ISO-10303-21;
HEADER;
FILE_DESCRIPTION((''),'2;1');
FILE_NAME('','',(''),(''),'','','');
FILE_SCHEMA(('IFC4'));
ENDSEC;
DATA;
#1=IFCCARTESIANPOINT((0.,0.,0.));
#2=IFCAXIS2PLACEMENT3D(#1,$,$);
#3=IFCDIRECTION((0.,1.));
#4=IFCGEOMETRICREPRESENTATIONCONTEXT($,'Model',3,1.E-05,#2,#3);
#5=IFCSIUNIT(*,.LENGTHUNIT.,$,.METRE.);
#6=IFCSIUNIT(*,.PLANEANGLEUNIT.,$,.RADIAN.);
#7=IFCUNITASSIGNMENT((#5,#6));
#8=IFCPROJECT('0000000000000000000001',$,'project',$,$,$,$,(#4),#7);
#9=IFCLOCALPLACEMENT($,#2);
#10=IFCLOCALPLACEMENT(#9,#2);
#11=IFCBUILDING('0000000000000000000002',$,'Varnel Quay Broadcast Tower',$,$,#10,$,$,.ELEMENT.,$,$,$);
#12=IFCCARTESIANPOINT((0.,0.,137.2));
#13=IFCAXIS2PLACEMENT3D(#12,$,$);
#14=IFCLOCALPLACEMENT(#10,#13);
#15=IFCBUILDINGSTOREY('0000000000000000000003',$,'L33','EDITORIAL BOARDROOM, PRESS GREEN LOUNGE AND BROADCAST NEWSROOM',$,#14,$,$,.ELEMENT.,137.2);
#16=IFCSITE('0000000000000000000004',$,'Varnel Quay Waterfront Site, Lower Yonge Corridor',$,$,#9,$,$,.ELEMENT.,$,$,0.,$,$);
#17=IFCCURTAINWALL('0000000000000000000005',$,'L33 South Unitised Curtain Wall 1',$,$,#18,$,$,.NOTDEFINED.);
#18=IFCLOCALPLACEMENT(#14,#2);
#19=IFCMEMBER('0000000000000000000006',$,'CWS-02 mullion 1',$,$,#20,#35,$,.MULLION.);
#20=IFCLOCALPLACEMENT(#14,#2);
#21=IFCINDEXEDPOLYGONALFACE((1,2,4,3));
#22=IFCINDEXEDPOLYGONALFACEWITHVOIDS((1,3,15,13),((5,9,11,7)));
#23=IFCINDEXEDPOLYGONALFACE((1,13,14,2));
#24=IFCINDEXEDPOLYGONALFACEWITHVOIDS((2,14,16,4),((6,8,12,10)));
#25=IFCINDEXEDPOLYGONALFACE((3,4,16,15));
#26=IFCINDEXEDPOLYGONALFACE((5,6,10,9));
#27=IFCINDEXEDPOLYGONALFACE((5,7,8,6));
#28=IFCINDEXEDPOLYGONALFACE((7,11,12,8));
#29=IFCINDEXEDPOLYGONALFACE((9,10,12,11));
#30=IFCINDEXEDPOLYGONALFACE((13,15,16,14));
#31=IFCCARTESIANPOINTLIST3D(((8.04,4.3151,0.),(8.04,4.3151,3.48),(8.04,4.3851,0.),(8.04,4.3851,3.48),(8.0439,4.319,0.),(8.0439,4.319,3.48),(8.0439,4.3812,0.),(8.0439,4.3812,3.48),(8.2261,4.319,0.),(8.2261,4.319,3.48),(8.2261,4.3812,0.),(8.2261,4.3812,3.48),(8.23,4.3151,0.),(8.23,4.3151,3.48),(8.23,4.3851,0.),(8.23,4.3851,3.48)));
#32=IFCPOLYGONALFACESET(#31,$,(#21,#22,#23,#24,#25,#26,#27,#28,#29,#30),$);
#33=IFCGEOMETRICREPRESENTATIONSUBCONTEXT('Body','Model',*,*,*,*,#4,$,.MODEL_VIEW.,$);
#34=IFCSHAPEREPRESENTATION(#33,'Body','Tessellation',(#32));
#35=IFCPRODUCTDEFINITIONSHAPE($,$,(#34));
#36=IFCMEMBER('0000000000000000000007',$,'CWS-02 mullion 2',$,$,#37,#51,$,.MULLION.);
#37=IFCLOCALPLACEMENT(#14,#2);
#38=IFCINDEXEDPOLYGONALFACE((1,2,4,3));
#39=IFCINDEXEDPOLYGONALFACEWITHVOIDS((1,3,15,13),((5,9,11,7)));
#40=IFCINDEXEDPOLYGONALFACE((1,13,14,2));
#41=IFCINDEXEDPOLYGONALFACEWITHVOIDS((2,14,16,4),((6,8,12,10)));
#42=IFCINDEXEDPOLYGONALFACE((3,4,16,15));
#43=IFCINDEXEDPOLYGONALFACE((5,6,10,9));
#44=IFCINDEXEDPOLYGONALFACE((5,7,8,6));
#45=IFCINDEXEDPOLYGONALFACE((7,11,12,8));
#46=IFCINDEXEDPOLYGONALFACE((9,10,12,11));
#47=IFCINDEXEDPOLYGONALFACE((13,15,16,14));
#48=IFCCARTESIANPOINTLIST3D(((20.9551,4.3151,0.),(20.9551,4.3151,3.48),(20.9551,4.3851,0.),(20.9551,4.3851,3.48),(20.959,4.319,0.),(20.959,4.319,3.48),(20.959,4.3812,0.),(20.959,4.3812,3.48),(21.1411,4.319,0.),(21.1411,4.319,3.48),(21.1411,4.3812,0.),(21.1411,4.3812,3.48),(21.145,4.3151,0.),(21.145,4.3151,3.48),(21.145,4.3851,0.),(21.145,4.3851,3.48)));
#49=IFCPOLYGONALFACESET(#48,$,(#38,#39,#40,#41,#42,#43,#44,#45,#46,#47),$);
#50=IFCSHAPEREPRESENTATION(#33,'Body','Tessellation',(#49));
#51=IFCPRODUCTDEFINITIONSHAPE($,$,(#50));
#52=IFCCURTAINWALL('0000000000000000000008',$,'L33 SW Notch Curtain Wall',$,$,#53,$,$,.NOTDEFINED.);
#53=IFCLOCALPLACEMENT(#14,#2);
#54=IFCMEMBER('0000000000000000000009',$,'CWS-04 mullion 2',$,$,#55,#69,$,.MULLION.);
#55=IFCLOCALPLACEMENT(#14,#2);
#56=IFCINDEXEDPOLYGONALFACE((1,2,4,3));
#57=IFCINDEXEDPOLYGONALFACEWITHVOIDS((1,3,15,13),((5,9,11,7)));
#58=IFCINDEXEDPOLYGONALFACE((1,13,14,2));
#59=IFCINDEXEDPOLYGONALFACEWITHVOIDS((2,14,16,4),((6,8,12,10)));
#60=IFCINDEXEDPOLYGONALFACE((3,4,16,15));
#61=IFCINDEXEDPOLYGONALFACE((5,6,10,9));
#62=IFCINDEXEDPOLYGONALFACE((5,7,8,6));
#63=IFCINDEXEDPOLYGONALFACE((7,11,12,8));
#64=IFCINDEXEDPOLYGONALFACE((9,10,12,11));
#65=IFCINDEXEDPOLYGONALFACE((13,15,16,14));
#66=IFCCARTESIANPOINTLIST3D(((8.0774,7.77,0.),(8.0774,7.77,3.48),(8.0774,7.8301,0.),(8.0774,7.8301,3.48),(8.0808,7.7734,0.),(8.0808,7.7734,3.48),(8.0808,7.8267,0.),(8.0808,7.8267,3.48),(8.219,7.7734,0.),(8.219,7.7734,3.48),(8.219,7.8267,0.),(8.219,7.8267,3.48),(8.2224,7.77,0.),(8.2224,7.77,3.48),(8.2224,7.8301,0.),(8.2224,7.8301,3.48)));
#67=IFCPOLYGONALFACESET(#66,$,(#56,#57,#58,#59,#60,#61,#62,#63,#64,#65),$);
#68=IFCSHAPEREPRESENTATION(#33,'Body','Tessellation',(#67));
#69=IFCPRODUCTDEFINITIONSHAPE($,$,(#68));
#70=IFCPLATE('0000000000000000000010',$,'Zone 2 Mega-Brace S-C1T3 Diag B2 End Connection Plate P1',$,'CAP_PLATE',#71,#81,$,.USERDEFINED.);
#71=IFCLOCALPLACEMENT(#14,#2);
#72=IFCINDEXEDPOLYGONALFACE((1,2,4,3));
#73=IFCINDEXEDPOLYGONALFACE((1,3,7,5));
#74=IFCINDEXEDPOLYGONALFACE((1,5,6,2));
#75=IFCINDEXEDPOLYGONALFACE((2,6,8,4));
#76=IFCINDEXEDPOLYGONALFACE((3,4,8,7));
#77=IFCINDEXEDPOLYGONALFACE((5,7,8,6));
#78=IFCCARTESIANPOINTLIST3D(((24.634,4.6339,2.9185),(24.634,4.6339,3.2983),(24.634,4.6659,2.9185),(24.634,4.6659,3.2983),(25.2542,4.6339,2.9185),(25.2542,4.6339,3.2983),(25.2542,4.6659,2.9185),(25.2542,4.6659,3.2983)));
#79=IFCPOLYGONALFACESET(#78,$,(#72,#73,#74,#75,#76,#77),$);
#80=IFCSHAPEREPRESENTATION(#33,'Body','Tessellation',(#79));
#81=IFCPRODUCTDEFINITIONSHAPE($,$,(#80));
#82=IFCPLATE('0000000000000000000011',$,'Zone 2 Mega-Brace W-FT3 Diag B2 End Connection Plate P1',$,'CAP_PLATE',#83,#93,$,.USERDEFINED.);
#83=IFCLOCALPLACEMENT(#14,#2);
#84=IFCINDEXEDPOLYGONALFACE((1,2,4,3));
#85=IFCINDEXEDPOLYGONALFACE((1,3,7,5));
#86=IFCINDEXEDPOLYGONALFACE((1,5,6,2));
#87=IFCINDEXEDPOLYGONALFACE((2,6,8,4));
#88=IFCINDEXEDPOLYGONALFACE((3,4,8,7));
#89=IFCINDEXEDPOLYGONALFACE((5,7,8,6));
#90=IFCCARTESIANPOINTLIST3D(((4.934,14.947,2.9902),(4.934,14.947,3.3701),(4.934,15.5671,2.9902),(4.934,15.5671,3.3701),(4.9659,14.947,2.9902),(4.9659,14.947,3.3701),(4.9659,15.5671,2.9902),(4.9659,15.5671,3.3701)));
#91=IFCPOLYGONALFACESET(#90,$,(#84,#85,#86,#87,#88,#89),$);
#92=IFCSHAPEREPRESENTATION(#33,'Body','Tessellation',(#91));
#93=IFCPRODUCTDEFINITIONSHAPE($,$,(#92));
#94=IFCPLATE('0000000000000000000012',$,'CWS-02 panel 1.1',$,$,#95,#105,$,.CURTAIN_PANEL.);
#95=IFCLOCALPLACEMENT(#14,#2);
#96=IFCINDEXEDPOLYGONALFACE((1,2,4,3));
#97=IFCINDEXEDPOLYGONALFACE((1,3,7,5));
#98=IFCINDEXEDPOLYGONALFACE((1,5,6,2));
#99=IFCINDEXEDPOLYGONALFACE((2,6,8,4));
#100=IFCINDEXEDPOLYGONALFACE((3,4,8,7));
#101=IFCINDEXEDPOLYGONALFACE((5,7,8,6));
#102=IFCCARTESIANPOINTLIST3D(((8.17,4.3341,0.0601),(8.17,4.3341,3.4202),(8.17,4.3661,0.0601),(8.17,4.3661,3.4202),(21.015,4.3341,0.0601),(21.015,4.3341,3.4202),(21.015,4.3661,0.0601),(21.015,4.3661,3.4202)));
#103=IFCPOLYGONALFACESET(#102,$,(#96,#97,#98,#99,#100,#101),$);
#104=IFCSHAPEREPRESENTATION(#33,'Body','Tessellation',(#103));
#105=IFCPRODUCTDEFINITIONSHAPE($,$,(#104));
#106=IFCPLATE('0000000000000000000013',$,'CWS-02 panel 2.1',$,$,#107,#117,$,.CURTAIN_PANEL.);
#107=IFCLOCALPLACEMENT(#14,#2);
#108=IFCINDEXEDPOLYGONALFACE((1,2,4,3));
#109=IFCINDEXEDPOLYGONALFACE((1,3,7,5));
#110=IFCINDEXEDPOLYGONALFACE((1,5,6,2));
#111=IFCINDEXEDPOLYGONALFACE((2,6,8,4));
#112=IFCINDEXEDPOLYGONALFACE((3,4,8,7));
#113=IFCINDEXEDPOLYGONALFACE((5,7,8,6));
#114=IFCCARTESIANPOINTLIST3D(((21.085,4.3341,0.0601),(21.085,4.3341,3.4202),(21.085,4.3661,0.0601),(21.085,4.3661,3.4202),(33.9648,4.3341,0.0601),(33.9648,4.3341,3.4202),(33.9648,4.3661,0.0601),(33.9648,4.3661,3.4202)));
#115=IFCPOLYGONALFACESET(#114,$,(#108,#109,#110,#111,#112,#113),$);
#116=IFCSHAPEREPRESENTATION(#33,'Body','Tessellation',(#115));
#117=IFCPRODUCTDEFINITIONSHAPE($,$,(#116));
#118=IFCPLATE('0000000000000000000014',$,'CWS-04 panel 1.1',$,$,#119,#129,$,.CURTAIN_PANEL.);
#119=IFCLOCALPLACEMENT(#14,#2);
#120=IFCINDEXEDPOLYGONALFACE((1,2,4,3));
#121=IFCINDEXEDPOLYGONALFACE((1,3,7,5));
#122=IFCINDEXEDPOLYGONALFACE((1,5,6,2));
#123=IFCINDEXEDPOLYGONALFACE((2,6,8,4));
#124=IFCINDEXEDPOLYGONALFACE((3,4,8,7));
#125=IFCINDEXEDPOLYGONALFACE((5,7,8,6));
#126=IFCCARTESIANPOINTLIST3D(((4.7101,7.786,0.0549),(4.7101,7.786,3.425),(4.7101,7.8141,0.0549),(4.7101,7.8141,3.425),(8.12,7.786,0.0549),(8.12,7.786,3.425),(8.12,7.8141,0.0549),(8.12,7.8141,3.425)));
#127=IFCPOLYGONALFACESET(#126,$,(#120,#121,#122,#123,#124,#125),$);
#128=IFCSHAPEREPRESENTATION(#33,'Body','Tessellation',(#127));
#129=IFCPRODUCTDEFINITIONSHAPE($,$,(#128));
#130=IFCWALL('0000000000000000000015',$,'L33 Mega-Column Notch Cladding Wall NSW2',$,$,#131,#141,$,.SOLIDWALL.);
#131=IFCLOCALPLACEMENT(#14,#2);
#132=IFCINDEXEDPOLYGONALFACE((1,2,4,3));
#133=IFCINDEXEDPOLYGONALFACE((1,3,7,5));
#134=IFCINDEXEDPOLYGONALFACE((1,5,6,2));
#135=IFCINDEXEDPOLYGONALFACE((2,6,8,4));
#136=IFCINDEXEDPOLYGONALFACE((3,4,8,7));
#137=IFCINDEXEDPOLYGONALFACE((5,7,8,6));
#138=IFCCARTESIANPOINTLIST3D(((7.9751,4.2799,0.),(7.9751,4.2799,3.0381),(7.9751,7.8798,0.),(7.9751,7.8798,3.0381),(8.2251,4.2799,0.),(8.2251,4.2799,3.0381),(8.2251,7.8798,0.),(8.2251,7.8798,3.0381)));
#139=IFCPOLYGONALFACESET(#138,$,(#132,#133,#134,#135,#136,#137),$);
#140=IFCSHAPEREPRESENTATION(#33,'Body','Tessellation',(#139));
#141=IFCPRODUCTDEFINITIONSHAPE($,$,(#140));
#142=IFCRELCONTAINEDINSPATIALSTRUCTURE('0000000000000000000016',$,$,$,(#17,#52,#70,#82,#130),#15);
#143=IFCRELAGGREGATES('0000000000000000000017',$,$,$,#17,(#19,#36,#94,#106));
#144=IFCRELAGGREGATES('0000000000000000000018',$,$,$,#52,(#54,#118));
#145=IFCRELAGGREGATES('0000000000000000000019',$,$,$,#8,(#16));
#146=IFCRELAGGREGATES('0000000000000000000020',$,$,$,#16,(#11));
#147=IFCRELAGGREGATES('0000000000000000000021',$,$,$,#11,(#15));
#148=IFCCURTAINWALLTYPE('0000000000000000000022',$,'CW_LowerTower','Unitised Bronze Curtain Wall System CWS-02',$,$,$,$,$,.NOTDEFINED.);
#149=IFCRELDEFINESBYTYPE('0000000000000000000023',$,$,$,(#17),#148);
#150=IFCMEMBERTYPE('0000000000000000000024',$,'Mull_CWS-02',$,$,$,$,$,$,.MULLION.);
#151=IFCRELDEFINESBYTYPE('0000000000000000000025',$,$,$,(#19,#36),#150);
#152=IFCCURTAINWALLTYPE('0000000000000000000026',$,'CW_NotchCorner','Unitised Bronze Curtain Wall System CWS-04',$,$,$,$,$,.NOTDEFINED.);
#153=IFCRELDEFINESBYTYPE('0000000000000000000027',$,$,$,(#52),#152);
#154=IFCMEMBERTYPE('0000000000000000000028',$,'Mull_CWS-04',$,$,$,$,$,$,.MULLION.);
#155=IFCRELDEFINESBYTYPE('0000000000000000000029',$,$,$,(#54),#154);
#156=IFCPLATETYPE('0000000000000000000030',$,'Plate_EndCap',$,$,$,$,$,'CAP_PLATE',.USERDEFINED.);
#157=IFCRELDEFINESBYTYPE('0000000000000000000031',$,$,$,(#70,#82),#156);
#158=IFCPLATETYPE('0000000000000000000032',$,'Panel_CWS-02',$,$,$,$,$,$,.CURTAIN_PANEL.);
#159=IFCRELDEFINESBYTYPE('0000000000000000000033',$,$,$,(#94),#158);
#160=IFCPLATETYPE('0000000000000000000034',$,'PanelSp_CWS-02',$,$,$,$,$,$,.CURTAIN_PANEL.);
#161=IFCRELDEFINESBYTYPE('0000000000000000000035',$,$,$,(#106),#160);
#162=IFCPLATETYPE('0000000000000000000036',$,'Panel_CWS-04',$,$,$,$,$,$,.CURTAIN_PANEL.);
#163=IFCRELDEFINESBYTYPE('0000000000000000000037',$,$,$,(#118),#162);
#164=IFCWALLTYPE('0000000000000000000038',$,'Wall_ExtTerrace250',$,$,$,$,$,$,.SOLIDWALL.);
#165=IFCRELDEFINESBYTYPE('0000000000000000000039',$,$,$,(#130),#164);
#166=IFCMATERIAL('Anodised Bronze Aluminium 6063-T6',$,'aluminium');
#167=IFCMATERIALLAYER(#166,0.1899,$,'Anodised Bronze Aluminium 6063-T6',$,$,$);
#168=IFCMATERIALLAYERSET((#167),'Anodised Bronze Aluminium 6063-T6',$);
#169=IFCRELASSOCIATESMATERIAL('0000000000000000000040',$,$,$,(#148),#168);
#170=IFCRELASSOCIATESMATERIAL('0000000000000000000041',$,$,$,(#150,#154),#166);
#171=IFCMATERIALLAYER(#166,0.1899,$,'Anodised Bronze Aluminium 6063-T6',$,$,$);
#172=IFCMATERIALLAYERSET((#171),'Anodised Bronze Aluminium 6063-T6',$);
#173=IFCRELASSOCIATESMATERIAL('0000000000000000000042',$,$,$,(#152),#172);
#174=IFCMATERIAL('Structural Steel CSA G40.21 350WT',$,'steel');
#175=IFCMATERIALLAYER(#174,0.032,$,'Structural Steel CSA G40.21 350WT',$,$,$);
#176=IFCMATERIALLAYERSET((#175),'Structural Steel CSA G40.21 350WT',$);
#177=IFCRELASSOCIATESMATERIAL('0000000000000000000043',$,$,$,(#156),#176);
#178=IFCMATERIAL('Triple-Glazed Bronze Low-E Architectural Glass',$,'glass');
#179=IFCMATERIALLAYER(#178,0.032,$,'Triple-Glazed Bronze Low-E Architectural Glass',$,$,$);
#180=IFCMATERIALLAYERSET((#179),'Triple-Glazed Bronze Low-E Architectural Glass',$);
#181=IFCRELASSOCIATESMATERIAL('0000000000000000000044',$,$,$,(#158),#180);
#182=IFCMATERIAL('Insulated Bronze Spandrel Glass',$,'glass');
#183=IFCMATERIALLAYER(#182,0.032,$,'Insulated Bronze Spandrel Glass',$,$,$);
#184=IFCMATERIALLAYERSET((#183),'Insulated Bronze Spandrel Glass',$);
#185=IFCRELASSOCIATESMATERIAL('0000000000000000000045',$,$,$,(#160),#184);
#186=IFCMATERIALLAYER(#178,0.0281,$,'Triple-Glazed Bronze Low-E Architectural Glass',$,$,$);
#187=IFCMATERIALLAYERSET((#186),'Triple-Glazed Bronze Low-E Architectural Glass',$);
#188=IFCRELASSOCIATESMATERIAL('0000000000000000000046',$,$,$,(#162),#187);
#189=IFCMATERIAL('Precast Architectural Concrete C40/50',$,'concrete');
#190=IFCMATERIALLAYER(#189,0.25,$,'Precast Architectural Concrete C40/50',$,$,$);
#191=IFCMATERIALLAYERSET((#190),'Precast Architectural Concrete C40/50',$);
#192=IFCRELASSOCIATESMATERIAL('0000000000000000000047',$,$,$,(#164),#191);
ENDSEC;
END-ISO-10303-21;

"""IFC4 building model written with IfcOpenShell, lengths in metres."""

from ifc_helpers import new_model, si_unit, direction, frame, frame_2d, origin, origin_2d, place, context, subcontext, project, spatial, rectangle, hollow_rectangle, extrude, source, transform, mapped, material, layer, layer_set, material_profile, profile_set, type_object, type_shapes, element, aggregate, save


model = new_model("IFC4")

# Units and contexts
model_context = context("Model", 3, precision=1e-05, world=origin(), true_north=direction((0.0, 1.0)))
body_context = subcontext(model_context, "Body", "Model", "MODEL_VIEW")
ifc_project = project(units=[si_unit("LENGTHUNIT", "METRE"), si_unit("PLANEANGLEUNIT", "RADIAN")], contexts=[model_context])

# Site, building, storey
site_placement = place(None, origin())
site = spatial("IfcSite", under=ifc_project, at=site_placement, Name="Varnel Quay Waterfront Site, Lower Yonge Corridor", CompositionType="ELEMENT", RefElevation=0.0)
building_placement = place(site_placement, origin())
building = spatial("IfcBuilding", under=site, at=building_placement, Name="Varnel Quay Broadcast Tower", CompositionType="ELEMENT")
storey_placement = place(building_placement, frame((0.0, 0.0, 137.2)))
storey = spatial("IfcBuildingStorey", under=building, at=storey_placement, Name="L33", Description="EDITORIAL BOARDROOM, PRESS GREEN LOUNGE AND BROADCAST NEWSROOM", CompositionType="ELEMENT", Elevation=137.2)

# Shared definitions
ifc_material_1 = material(Name="Structural Steel CSA G40.21 350WT", Category="steel")

# Curtain wall, members
ifc_material_2 = material(Name="Anodised Bronze Aluminium 6063-T6", Category="aluminium")
ifc_layer_1 = layer(ifc_material_2, 0.1899, Name="Anodised Bronze Aluminium 6063-T6")
ifc_layer_set_1 = layer_set([ifc_layer_1], Name="Anodised Bronze Aluminium 6063-T6")
curtain_wall_type_1 = type_object("IfcCurtainWallType", Name="CW_LowerTower", Description="Unitised Bronze Curtain Wall System CWS-02", PredefinedType="NOTDEFINED", material=ifc_layer_set_1)
curtain_wall_1_placement = place(storey_placement, origin())
curtain_wall_1 = element("IfcCurtainWall", 1, at=curtain_wall_1_placement, inside=storey, type_object=curtain_wall_type_1, Name="L33 South Unitised Curtain Wall 1", PredefinedType="NOTDEFINED")
ifc_material_profile_1 = material_profile(ifc_material_2, hollow_rectangle(XDim=0.0701, YDim=0.1899, WallThickness=0.0039, at=origin_2d()), Name="ALU70X190X4")
ifc_profile_set_1 = profile_set([ifc_material_profile_1], Name="Anodised Bronze Aluminium 6063-T6")
member_type_1 = type_object("IfcMemberType", Name="Mull_CWS-02", PredefinedType="MULLION", material=ifc_profile_set_1)
shared_shape_1 = source(origin(), body_context, "Body", "SweptSolid", [
    extrude(hollow_rectangle(XDim=0.0701, YDim=0.1899, WallThickness=0.0039, at=origin_2d()), origin(), (0.0, 0.0, 1.0), 3.48),
])
type_shapes(member_type_1, [shared_shape_1])
member_1_placement = place(storey_placement, frame((8.135, 4.3501, 0.0), z_axis=(0.0, 0.0, 1.0), x_axis=(0.0, 1.0, 0.0)))
member_1 = element("IfcMember", 2, at=member_1_placement, type_object=member_type_1, Name="CWS-02 mullion 1", PredefinedType="MULLION", context=body_context, shape_type="MappedRepresentation", body=[
    mapped(shared_shape_1, transform((0.0, 0.0, 0.0), x_axis=(1.0, 0.0, 0.0), y_axis=(0.0, 1.0, 0.0), z_axis=(0.0, 0.0, 1.0), scale=1.0)),
])
member_2_placement = place(storey_placement, frame((21.05, 4.3501, 0.0), z_axis=(0.0, 0.0, 1.0), x_axis=(0.0, 1.0, 0.0)))
member_2 = element("IfcMember", 3, at=member_2_placement, type_object=member_type_1, Name="CWS-02 mullion 2", PredefinedType="MULLION", context=body_context, shape_type="MappedRepresentation", body=[
    mapped(shared_shape_1, transform((0.0, 0.0, 0.0), x_axis=(1.0, 0.0, 0.0), y_axis=(0.0, 1.0, 0.0), z_axis=(0.0, 0.0, 1.0), scale=1.0)),
])

# Curtain wall, member
ifc_layer_2 = layer(ifc_material_2, 0.1899, Name="Anodised Bronze Aluminium 6063-T6")
ifc_layer_set_2 = layer_set([ifc_layer_2], Name="Anodised Bronze Aluminium 6063-T6")
curtain_wall_type_2 = type_object("IfcCurtainWallType", Name="CW_NotchCorner", Description="Unitised Bronze Curtain Wall System CWS-04", PredefinedType="NOTDEFINED", material=ifc_layer_set_2)
curtain_wall_2_placement = place(storey_placement, origin())
curtain_wall_2 = element("IfcCurtainWall", 4, at=curtain_wall_2_placement, inside=storey, type_object=curtain_wall_type_2, Name="L33 SW Notch Curtain Wall", PredefinedType="NOTDEFINED")
ifc_material_profile_2 = material_profile(ifc_material_2, hollow_rectangle(XDim=0.0601, YDim=0.145, WallThickness=0.0034, at=origin_2d()), Name="ALU60X145X3.5")
ifc_profile_set_2 = profile_set([ifc_material_profile_2], Name="Anodised Bronze Aluminium 6063-T6")
member_type_2 = type_object("IfcMemberType", Name="Mull_CWS-04", PredefinedType="MULLION", material=ifc_profile_set_2)
shared_shape_2 = source(origin(), body_context, "Body", "SweptSolid", [
    extrude(hollow_rectangle(XDim=0.0601, YDim=0.145, WallThickness=0.0034, at=origin_2d()), origin(), (0.0, 0.0, 1.0), 3.48),
])
type_shapes(member_type_2, [shared_shape_2])
member_3_placement = place(storey_placement, frame((8.1499, 7.8, 0.0), z_axis=(0.0, 0.0, 1.0), x_axis=(0.0, 1.0, 0.0)))
member_3 = element("IfcMember", 5, at=member_3_placement, type_object=member_type_2, Name="CWS-04 mullion 2", PredefinedType="MULLION", context=body_context, shape_type="MappedRepresentation", body=[
    mapped(shared_shape_2, transform((0.0, 0.0, 0.0), x_axis=(1.0, 0.0, 0.0), y_axis=(0.0, 1.0, 0.0), z_axis=(0.0, 0.0, 1.0), scale=1.0)),
])

# Plates
ifc_layer_3 = layer(ifc_material_1, 0.032, Name="Structural Steel CSA G40.21 350WT")
ifc_layer_set_3 = layer_set([ifc_layer_3], Name="Structural Steel CSA G40.21 350WT")
plate_type_1 = type_object("IfcPlateType", Name="Plate_EndCap", ElementType="CAP_PLATE", PredefinedType="USERDEFINED", material=ifc_layer_set_3)
shared_shape_3 = source(origin(), body_context, "Body", "SweptSolid", [
    extrude(rectangle(XDim=0.6201, YDim=0.032, at=origin_2d()), origin(), (0.0, 0.0, 1.0), 0.3799),
])
type_shapes(plate_type_1, [shared_shape_3])
for number, where, z_axis, x_axis, name in (
    (6, (24.9441, 4.6499, 2.9185), (0.0, 0.0, 1.0), (1.0, 0.0, 0.0), "Zone 2 Mega-Brace S-C1T3 Diag B2 End Connection Plate P1"),
    (7, (4.95, 15.2571, 2.9902), (0.0, 0.0, 1.0), (0.0, 1.0, 0.0), "Zone 2 Mega-Brace W-FT3 Diag B2 End Connection Plate P1"),
):
    element("IfcPlate", number, at=place(storey_placement, frame(where, z_axis=z_axis, x_axis=x_axis)), inside=storey, type_object=plate_type_1, Name=name, ObjectType="CAP_PLATE", PredefinedType="USERDEFINED", context=body_context, shape_type="MappedRepresentation", body=[
        mapped(shared_shape_3, transform((0.0, 0.0, 0.0), x_axis=(1.0, 0.0, 0.0), y_axis=(0.0, 1.0, 0.0), z_axis=(0.0, 0.0, 1.0), scale=1.0)),
    ])

# Plates
ifc_material_3 = material(Name="Triple-Glazed Bronze Low-E Architectural Glass", Category="glass")
ifc_layer_4 = layer(ifc_material_3, 0.032, Name="Triple-Glazed Bronze Low-E Architectural Glass")
ifc_layer_set_4 = layer_set([ifc_layer_4], Name="Triple-Glazed Bronze Low-E Architectural Glass")
plate_type_2 = type_object("IfcPlateType", Name="Panel_CWS-02", PredefinedType="CURTAIN_PANEL", material=ifc_layer_set_4)
shared_shape_4 = source(origin(), body_context, "Body", "SweptSolid", [
    extrude(rectangle(XDim=12.845, YDim=0.032, at=origin_2d()), origin(), (0.0, 0.0, 1.0), 3.3601),
])
type_shapes(plate_type_2, [shared_shape_4])
plate_1_placement = place(storey_placement, frame((14.5925, 4.3501, 0.0601), z_axis=(0.0, 0.0, 1.0), x_axis=(1.0, 0.0, 0.0)))
plate_1 = element("IfcPlate", 8, at=plate_1_placement, type_object=plate_type_2, Name="CWS-02 panel 1.1", PredefinedType="CURTAIN_PANEL", context=body_context, shape_type="MappedRepresentation", body=[
    mapped(shared_shape_4, transform((0.0, 0.0, 0.0), x_axis=(1.0, 0.0, 0.0), y_axis=(0.0, 1.0, 0.0), z_axis=(0.0, 0.0, 1.0), scale=1.0)),
])
ifc_material_4 = material(Name="Insulated Bronze Spandrel Glass", Category="glass")
ifc_layer_5 = layer(ifc_material_4, 0.032, Name="Insulated Bronze Spandrel Glass")
ifc_layer_set_5 = layer_set([ifc_layer_5], Name="Insulated Bronze Spandrel Glass")
plate_type_3 = type_object("IfcPlateType", Name="PanelSp_CWS-02", PredefinedType="CURTAIN_PANEL", material=ifc_layer_set_5)
shared_shape_5 = source(origin(), body_context, "Body", "SweptSolid", [
    extrude(rectangle(XDim=12.8799, YDim=0.032, at=origin_2d()), origin(), (0.0, 0.0, 1.0), 3.3601),
])
type_shapes(plate_type_3, [shared_shape_5])
plate_2_placement = place(storey_placement, frame((27.5249, 4.3501, 0.0601), z_axis=(0.0, 0.0, 1.0), x_axis=(1.0, 0.0, 0.0)))
plate_2 = element("IfcPlate", 9, at=plate_2_placement, type_object=plate_type_3, Name="CWS-02 panel 2.1", PredefinedType="CURTAIN_PANEL", context=body_context, shape_type="MappedRepresentation", body=[
    mapped(shared_shape_5, transform((0.0, 0.0, 0.0), x_axis=(1.0, 0.0, 0.0), y_axis=(0.0, 1.0, 0.0), z_axis=(0.0, 0.0, 1.0), scale=1.0)),
])
aggregate(curtain_wall_1, [member_1, member_2, plate_1, plate_2])
ifc_layer_6 = layer(ifc_material_3, 0.0281, Name="Triple-Glazed Bronze Low-E Architectural Glass")
ifc_layer_set_6 = layer_set([ifc_layer_6], Name="Triple-Glazed Bronze Low-E Architectural Glass")
plate_type_4 = type_object("IfcPlateType", Name="Panel_CWS-04", PredefinedType="CURTAIN_PANEL", material=ifc_layer_set_6)
shared_shape_6 = source(origin(), body_context, "Body", "SweptSolid", [
    extrude(rectangle(XDim=3.4099, YDim=0.0281, at=origin_2d()), origin(), (0.0, 0.0, 1.0), 3.3701),
])
type_shapes(plate_type_4, [shared_shape_6])
plate_3_placement = place(storey_placement, frame((6.415, 7.8, 0.0549), z_axis=(0.0, 0.0, 1.0), x_axis=(1.0, 0.0, 0.0)))
plate_3 = element("IfcPlate", 10, at=plate_3_placement, type_object=plate_type_4, Name="CWS-04 panel 1.1", PredefinedType="CURTAIN_PANEL", context=body_context, shape_type="MappedRepresentation", body=[
    mapped(shared_shape_6, transform((0.0, 0.0, 0.0), x_axis=(1.0, 0.0, 0.0), y_axis=(0.0, 1.0, 0.0), z_axis=(0.0, 0.0, 1.0), scale=1.0)),
])
aggregate(curtain_wall_2, [member_3, plate_3])

# Wall
ifc_material_5 = material(Name="Precast Architectural Concrete C40/50", Category="concrete")
ifc_layer_7 = layer(ifc_material_5, 0.25, Name="Precast Architectural Concrete C40/50")
ifc_layer_set_7 = layer_set([ifc_layer_7], Name="Precast Architectural Concrete C40/50")
wall_type_1 = type_object("IfcWallType", Name="Wall_ExtTerrace250", PredefinedType="SOLIDWALL", material=ifc_layer_set_7)
wall_1_placement = place(storey_placement, frame((8.1001, 4.28, 0.0), z_axis=(0.0, 0.0, 1.0), x_axis=(0.0, 1.0, 0.0)))
element("IfcWall", 11, at=wall_1_placement, inside=storey, type_object=wall_type_1, Name="L33 Mega-Column Notch Cladding Wall NSW2", PredefinedType="SOLIDWALL", context=body_context, shape_type="SweptSolid", body=[
    extrude(rectangle(XDim=3.5999, YDim=0.25, at=frame_2d((1.7998, 0.0))), origin(), (0.0, 0.0, 1.0), 3.0381),
])

save(model, "model.ifc")
